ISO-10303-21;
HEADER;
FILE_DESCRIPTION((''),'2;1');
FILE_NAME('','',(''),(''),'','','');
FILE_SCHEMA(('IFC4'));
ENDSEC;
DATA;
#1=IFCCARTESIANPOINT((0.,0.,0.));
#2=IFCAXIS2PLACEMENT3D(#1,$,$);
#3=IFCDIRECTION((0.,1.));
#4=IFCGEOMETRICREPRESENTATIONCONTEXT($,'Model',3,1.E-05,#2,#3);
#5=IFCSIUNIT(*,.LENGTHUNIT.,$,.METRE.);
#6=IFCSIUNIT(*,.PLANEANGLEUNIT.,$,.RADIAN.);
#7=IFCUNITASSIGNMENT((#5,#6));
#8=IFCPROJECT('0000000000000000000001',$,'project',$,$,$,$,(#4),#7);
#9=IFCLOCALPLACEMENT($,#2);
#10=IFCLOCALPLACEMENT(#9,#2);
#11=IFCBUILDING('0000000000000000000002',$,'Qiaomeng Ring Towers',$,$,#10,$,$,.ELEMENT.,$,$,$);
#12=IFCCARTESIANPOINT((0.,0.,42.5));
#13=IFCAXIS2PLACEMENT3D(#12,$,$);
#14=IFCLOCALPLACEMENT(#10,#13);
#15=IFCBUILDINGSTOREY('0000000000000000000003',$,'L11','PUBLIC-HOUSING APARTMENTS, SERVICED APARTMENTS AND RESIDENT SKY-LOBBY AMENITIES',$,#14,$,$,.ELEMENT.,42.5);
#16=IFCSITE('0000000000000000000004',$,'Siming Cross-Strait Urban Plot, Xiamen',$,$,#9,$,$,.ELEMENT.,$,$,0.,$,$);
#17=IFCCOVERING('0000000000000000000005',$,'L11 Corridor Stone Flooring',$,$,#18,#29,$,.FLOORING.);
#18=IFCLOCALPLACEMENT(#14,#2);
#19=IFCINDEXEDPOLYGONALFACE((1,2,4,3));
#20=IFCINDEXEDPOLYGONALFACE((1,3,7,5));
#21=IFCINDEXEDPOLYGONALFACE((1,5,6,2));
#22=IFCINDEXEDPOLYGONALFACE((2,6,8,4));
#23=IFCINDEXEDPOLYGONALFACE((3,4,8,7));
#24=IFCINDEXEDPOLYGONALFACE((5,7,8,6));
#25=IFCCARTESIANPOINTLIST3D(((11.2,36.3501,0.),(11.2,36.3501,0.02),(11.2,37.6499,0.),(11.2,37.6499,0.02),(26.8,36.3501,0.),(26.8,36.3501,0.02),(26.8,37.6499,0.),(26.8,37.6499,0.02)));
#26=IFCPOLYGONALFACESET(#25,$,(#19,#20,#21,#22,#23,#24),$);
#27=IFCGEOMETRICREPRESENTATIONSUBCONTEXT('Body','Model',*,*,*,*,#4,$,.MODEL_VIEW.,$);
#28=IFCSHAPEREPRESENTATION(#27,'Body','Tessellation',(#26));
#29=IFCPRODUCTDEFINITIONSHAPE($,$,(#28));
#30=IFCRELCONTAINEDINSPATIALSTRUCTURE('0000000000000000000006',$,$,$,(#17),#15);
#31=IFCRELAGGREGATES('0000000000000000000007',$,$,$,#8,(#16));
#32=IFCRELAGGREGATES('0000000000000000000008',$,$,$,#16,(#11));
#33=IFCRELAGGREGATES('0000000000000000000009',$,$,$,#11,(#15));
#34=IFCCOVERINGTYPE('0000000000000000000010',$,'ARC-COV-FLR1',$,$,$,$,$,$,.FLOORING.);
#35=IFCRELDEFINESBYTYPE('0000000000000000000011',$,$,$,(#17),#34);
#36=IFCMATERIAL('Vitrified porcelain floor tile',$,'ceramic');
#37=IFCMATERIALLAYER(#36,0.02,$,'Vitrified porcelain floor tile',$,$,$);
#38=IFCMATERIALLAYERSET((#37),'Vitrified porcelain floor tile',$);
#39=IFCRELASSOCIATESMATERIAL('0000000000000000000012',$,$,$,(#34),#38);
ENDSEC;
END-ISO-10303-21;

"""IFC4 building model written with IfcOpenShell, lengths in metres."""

from ifc_helpers import new_model, si_unit, direction, frame, origin, place, context, subcontext, project, spatial, polyline, outline, extrude, material, layer, layer_set, type_object, element, save


model = new_model("IFC4")

# Units and contexts
model_context = context("Model", 3, precision=1e-05, world=origin(), true_north=direction((0.0, 1.0)))
body_context = subcontext(model_context, "Body", "Model", "MODEL_VIEW")
ifc_project = project(units=[si_unit("LENGTHUNIT", "METRE"), si_unit("PLANEANGLEUNIT", "RADIAN")], contexts=[model_context])

# Site, building, storey
site_placement = place(None, origin())
site = spatial("IfcSite", under=ifc_project, at=site_placement, Name="Siming Cross-Strait Urban Plot, Xiamen", CompositionType="ELEMENT", RefElevation=0.0)
building_placement = place(site_placement, origin())
building = spatial("IfcBuilding", under=site, at=building_placement, Name="Qiaomeng Ring Towers", CompositionType="ELEMENT")
storey_placement = place(building_placement, frame((0.0, 0.0, 42.5)))
storey = spatial("IfcBuildingStorey", under=building, at=storey_placement, Name="L11", Description="PUBLIC-HOUSING APARTMENTS, SERVICED APARTMENTS AND RESIDENT SKY-LOBBY AMENITIES", CompositionType="ELEMENT", Elevation=42.5)

# Covering
ifc_material_1 = material(Name="Vitrified porcelain floor tile", Category="ceramic")
ifc_layer_1 = layer(ifc_material_1, 0.02, Name="Vitrified porcelain floor tile")
ifc_layer_set_1 = layer_set([ifc_layer_1], Name="Vitrified porcelain floor tile")
covering_type_1 = type_object("IfcCoveringType", Name="ARC-COV-FLR1", PredefinedType="FLOORING", material=ifc_layer_set_1)
covering_1_placement = place(storey_placement, origin())
element("IfcCovering", 1, at=covering_1_placement, inside=storey, type_object=covering_type_1, Name="L11 Corridor Stone Flooring", PredefinedType="FLOORING", context=body_context, shape_type="SweptSolid", body=[
    extrude(outline(polyline([(11.2, 36.3501), (11.2, 37.6499), (26.8, 37.6499), (26.8, 36.3501), (11.2, 36.3501)])), origin(), (0.0, 0.0, 1.0), 0.02),
])

save(model, "model.ifc")
